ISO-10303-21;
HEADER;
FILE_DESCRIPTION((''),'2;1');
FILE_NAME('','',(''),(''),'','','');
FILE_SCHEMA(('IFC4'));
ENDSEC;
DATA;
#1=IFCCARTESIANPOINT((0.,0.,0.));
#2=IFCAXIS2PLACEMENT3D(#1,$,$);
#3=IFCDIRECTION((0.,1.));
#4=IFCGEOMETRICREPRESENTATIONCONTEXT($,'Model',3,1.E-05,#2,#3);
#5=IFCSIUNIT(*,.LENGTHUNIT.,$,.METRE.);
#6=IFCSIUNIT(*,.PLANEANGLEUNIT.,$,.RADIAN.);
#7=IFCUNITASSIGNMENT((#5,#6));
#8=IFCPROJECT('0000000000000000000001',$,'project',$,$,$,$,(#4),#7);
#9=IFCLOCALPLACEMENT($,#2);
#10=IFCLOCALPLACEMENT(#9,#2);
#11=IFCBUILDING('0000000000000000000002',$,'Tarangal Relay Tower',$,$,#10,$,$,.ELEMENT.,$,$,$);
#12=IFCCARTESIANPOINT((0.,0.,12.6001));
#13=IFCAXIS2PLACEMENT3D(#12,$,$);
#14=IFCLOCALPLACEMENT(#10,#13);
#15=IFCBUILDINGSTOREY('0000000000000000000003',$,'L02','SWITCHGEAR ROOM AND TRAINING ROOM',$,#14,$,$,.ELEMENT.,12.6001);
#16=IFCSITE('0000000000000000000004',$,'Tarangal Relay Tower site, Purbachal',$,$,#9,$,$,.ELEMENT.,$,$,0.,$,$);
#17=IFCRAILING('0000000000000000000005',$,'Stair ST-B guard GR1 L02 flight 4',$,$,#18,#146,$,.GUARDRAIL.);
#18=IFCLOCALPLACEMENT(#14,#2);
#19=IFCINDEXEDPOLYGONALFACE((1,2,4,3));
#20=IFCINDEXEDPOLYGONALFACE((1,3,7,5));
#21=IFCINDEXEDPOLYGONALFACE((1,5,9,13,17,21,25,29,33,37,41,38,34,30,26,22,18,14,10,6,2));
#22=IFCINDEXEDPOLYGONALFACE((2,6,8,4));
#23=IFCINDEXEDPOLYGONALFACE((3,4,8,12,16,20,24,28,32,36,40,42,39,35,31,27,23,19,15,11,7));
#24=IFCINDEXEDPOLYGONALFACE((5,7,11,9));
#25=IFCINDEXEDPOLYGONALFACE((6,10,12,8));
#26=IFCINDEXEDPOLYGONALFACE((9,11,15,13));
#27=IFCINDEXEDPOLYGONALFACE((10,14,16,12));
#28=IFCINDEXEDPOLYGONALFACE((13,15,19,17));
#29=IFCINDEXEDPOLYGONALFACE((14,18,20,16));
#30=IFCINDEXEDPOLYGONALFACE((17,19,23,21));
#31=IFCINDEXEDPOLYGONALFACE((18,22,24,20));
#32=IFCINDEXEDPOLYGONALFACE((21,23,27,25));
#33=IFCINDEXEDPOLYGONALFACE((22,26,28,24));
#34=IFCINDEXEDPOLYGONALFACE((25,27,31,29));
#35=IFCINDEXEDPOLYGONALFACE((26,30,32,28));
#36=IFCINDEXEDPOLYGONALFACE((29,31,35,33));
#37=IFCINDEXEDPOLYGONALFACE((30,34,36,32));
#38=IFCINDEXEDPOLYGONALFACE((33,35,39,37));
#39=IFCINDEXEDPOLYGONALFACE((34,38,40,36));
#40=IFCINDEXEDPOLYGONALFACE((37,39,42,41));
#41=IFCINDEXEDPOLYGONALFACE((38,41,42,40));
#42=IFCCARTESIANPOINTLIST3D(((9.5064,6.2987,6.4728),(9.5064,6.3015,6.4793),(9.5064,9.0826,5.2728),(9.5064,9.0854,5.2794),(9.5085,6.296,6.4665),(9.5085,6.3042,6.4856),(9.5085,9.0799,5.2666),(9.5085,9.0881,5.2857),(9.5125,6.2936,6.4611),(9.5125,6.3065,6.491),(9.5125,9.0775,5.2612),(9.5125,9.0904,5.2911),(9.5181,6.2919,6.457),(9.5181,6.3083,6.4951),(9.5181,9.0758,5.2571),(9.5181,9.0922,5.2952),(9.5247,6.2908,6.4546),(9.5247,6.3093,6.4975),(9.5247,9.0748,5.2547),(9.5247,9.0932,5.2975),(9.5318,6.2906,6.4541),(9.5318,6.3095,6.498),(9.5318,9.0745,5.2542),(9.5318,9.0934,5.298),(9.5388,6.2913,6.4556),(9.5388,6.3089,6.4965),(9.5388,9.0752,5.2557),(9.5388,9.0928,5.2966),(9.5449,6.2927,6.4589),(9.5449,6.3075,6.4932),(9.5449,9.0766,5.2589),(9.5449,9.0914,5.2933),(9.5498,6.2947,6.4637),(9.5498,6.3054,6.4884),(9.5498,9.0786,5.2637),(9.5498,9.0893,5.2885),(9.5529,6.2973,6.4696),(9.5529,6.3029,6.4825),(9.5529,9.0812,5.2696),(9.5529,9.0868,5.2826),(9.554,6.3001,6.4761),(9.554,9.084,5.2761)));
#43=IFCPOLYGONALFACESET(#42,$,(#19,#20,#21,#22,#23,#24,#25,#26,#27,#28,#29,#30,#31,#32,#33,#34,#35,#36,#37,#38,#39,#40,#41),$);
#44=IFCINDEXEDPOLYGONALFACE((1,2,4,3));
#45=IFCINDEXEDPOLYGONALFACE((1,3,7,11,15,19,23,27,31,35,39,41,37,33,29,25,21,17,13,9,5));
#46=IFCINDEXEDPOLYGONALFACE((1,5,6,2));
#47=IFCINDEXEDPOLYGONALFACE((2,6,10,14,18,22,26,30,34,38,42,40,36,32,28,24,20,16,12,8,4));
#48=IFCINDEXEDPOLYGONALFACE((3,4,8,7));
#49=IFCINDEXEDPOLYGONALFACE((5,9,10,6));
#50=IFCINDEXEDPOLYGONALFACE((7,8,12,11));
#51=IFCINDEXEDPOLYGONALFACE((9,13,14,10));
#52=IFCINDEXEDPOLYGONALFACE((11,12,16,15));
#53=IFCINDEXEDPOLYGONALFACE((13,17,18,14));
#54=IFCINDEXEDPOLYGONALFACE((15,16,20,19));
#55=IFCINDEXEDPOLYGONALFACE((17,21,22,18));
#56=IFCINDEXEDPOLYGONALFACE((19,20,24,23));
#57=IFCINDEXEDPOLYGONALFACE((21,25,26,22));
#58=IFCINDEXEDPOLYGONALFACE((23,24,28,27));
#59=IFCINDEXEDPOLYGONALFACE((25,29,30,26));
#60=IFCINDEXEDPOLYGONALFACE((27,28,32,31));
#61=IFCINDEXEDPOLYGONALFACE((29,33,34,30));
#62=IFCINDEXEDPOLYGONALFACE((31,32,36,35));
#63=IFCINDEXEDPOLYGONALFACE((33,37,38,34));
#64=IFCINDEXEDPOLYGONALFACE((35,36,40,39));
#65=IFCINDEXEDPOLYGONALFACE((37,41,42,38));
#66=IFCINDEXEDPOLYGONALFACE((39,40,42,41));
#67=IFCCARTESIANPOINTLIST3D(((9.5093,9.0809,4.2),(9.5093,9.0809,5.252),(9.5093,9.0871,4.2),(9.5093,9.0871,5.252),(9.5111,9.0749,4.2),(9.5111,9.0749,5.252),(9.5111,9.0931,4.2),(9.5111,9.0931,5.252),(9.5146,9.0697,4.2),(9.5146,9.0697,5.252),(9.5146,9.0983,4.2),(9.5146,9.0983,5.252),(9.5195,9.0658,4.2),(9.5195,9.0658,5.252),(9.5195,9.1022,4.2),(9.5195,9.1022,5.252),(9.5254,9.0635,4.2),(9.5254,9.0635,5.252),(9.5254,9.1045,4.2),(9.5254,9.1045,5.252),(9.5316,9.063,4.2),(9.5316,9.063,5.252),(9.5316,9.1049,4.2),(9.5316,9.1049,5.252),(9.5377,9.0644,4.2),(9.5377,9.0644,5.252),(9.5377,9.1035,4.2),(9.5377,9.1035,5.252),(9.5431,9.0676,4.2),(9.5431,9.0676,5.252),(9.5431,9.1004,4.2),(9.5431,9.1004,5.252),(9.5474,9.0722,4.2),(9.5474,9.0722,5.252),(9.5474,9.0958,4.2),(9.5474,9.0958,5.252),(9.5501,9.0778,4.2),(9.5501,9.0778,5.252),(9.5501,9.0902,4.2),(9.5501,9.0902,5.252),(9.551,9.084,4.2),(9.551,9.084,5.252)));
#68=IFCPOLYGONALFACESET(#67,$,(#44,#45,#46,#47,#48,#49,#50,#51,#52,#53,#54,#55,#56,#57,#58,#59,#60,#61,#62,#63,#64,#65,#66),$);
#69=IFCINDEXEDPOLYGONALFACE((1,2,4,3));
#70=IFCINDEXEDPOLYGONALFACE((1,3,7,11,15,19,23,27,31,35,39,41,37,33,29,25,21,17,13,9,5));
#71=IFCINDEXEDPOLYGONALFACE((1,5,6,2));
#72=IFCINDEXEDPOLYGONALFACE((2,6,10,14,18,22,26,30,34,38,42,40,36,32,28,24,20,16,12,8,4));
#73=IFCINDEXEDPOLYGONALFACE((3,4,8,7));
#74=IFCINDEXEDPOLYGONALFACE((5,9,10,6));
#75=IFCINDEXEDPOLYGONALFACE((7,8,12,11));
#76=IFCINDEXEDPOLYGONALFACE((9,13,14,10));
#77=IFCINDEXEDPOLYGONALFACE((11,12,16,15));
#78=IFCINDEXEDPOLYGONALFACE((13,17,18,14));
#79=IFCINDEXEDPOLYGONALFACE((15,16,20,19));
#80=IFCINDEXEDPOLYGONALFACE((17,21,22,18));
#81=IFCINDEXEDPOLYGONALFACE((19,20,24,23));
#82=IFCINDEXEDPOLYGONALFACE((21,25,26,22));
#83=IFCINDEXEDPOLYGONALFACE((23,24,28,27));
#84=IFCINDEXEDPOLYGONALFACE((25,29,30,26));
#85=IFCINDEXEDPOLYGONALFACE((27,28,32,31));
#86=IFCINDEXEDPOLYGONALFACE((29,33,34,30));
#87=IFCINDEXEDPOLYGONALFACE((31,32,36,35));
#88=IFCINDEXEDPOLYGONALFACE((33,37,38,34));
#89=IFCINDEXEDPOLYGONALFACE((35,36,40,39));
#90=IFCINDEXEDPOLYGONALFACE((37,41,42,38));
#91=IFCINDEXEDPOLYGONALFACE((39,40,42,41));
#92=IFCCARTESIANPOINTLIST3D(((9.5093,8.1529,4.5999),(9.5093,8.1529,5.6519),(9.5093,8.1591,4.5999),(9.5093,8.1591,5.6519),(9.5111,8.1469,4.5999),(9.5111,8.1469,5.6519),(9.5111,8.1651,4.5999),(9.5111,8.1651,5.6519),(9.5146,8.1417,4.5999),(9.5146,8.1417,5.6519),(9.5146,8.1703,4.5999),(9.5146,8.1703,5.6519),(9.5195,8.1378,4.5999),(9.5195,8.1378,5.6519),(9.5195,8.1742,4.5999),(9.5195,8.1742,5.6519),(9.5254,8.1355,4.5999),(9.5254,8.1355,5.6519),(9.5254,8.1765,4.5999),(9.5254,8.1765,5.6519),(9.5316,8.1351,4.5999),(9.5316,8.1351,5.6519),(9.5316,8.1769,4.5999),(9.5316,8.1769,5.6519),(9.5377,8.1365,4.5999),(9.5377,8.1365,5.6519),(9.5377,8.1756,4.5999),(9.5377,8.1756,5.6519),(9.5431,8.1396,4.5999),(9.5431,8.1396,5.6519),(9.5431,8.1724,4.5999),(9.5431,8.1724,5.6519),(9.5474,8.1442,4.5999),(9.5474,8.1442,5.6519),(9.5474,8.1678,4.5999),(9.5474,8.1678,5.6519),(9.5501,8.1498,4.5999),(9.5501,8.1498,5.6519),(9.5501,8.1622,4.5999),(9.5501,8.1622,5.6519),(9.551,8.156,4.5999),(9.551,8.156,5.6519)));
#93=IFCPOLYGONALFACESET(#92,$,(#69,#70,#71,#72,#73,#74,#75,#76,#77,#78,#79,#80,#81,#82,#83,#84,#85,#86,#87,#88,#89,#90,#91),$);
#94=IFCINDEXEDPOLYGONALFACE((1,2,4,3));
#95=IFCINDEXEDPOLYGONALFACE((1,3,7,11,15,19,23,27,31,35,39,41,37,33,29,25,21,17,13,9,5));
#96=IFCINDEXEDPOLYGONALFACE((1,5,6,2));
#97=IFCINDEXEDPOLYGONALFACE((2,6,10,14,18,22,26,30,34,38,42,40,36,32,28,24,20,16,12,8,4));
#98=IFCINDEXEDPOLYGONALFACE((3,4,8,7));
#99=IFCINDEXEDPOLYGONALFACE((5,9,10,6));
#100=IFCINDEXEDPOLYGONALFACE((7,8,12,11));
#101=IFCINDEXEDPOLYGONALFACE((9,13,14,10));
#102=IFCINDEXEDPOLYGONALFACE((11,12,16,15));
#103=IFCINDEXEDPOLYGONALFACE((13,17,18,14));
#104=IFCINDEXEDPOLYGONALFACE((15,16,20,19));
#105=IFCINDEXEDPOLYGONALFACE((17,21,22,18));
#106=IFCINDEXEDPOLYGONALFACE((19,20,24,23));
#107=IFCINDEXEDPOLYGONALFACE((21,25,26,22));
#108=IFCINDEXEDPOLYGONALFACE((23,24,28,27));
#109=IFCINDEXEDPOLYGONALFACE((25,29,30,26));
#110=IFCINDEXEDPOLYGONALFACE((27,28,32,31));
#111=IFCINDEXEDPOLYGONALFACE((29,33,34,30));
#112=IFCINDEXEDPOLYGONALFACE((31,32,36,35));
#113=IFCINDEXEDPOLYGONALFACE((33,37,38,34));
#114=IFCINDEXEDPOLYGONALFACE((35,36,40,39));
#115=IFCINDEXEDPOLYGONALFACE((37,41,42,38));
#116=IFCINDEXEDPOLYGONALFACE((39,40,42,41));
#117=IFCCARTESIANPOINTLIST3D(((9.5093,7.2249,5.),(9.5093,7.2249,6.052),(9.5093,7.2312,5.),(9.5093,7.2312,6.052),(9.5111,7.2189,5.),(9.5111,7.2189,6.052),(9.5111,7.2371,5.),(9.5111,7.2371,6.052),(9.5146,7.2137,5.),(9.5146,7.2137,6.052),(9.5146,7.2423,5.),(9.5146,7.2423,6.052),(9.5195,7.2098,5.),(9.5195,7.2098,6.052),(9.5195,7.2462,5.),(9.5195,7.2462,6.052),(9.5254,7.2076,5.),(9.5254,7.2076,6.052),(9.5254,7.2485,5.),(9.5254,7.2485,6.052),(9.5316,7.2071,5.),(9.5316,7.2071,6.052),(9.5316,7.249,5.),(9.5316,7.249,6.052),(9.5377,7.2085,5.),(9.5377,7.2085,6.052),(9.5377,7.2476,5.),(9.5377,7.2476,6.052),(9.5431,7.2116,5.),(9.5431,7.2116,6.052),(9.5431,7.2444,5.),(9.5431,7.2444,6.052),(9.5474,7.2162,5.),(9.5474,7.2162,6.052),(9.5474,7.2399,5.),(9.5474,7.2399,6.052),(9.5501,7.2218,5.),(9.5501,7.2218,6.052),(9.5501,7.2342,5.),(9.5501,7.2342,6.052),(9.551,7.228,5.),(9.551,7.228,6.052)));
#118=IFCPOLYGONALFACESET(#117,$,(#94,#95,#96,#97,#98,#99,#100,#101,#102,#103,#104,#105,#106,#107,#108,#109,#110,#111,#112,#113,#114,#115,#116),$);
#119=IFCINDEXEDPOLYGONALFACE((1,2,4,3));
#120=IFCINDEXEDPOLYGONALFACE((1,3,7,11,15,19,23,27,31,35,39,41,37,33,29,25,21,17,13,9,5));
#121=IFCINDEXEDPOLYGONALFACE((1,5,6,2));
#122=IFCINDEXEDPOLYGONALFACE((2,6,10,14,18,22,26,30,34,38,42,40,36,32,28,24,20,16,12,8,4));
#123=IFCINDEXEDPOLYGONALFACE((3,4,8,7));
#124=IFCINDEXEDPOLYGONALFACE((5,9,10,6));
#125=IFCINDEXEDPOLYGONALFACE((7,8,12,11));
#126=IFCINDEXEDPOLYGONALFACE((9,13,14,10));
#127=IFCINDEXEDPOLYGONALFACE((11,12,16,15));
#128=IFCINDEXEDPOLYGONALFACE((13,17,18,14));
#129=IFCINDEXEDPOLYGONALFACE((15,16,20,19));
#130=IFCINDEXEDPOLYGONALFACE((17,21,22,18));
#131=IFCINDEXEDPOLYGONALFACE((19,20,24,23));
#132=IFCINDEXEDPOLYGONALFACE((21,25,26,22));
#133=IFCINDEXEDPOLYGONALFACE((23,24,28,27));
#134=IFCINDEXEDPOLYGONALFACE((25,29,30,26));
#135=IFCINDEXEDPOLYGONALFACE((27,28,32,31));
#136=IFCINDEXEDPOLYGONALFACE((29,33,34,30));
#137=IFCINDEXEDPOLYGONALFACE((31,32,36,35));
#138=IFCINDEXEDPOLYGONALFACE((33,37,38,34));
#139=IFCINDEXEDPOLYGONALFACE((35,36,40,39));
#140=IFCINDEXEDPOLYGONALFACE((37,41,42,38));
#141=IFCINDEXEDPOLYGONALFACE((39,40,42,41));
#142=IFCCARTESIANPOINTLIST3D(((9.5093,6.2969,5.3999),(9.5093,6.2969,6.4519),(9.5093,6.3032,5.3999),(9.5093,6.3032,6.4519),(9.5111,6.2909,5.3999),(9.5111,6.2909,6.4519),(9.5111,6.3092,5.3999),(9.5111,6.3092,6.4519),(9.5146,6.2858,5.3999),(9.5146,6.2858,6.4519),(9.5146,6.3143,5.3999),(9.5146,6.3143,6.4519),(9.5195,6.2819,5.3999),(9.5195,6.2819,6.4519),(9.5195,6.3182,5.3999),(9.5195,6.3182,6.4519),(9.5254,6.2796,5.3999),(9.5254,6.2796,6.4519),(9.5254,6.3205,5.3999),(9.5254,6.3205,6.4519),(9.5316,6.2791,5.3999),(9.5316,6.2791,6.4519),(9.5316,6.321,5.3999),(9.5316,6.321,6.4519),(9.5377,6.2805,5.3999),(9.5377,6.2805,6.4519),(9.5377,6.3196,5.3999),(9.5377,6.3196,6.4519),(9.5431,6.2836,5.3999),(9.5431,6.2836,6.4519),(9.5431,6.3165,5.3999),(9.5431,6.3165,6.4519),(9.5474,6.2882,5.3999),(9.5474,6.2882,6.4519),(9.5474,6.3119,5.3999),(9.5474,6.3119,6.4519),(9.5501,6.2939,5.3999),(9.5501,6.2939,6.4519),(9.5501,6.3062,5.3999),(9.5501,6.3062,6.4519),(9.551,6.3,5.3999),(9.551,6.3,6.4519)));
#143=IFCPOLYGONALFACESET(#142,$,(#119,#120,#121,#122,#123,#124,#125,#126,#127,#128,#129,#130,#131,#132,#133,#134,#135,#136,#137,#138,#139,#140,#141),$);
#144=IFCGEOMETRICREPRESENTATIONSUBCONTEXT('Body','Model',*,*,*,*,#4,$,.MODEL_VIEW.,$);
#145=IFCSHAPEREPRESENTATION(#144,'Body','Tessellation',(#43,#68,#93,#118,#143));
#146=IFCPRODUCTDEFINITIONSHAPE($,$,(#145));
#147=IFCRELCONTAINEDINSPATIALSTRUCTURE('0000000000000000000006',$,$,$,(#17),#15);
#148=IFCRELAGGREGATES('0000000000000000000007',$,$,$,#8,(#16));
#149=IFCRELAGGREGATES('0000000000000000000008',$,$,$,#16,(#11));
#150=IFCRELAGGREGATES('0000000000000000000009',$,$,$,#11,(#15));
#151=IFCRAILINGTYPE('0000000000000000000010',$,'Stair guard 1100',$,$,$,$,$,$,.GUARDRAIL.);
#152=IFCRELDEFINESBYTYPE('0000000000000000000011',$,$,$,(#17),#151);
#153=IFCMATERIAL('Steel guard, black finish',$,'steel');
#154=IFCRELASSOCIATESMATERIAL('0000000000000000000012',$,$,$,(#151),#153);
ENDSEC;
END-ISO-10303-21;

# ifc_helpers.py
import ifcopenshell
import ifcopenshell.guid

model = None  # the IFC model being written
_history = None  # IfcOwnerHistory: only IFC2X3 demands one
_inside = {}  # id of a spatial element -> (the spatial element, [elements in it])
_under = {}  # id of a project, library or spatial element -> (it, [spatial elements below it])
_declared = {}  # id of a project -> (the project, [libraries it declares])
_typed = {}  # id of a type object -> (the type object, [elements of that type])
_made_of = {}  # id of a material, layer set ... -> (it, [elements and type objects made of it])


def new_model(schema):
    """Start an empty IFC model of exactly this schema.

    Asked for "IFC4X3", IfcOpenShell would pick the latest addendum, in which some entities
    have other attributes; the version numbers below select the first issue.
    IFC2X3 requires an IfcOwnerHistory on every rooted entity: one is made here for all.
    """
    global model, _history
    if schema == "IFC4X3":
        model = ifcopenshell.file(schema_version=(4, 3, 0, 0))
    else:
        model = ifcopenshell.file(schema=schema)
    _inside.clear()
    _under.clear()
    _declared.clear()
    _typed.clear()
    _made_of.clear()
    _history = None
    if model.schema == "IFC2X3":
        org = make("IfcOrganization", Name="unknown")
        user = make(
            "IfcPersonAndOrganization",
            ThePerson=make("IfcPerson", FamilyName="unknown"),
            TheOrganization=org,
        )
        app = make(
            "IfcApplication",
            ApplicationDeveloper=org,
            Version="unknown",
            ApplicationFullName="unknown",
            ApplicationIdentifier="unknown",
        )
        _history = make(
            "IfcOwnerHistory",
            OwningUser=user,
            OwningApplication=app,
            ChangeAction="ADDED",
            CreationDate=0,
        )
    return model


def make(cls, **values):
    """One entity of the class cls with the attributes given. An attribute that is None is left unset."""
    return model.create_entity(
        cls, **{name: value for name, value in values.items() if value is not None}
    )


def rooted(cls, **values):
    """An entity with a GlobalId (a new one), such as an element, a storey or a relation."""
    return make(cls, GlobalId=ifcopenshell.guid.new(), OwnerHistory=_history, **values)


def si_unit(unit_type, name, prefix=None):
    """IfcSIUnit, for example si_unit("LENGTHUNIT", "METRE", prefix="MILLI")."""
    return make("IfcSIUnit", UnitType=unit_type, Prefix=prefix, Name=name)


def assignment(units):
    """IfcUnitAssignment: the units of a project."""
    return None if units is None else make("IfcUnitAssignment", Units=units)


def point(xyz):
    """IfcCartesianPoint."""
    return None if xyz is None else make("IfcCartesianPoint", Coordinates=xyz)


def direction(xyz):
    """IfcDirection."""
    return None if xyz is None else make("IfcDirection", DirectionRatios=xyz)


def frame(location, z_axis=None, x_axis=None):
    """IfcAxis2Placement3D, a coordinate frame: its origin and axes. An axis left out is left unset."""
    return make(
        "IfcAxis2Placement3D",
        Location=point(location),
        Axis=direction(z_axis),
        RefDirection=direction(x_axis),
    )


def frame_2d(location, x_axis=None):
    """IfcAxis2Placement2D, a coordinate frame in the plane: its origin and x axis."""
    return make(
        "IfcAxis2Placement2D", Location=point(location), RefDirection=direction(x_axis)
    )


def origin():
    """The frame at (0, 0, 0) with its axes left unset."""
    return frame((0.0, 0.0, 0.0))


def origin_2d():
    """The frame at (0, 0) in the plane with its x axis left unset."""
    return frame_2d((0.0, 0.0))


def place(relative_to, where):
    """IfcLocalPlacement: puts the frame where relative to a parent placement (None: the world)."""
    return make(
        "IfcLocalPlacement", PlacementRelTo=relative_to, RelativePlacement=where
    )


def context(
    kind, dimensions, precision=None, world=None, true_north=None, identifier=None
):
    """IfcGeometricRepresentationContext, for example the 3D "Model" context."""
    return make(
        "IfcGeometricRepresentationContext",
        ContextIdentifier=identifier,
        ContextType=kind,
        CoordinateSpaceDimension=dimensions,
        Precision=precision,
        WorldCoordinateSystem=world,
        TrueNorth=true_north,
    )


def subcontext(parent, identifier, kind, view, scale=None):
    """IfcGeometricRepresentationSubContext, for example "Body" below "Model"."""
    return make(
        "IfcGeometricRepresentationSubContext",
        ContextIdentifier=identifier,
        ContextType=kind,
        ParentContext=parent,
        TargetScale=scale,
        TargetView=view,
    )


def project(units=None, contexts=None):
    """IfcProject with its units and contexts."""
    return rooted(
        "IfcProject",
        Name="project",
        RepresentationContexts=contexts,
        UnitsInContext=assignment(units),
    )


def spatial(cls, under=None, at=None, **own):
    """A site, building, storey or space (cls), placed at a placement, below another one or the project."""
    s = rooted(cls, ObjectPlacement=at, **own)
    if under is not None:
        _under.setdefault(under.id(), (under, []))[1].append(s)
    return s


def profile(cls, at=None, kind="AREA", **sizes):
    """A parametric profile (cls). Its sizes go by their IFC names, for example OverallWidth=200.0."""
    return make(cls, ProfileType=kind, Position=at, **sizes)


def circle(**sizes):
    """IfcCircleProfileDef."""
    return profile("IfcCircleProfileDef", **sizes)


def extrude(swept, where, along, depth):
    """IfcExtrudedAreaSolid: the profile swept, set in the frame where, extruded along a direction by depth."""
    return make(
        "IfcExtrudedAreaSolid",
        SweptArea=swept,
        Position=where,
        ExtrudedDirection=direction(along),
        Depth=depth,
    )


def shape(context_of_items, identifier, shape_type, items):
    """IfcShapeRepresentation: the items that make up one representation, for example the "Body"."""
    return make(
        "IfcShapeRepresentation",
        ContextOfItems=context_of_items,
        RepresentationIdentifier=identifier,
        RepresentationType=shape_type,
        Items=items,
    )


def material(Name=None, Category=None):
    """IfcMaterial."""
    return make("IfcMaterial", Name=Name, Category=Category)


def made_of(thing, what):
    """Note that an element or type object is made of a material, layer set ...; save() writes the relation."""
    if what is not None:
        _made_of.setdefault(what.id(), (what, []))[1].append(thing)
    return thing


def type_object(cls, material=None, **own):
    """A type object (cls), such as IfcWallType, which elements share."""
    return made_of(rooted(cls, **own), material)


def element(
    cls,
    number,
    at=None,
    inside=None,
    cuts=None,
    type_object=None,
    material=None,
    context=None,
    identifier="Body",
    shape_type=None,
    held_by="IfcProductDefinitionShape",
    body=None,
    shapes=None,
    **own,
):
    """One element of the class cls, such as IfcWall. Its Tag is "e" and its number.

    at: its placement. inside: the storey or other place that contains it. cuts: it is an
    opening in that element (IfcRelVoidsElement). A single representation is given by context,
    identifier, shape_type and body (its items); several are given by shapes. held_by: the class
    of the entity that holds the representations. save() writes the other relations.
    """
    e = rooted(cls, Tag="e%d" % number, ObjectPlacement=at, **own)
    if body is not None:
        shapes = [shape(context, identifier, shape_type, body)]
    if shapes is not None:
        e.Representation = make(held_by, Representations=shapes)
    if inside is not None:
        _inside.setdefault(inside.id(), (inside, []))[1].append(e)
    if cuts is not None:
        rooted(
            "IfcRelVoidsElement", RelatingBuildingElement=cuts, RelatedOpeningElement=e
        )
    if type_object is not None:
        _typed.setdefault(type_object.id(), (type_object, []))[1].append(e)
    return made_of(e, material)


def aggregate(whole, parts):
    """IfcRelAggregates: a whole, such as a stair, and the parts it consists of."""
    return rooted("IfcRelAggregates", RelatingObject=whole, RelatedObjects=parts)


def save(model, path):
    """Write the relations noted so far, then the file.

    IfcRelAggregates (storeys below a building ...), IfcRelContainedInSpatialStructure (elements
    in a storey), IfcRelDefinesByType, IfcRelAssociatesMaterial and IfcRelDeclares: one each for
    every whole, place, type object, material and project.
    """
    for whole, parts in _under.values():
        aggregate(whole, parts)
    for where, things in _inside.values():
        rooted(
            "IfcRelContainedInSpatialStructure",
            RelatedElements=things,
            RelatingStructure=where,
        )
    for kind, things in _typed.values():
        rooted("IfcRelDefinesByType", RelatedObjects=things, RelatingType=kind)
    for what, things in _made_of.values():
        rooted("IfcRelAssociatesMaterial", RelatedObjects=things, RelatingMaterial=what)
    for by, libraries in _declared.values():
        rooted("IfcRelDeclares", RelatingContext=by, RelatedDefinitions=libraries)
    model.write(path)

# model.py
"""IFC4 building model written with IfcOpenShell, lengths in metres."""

from ifc_helpers import new_model, si_unit, direction, frame, origin, origin_2d, place, context, subcontext, project, spatial, circle, extrude, material, type_object, element, save


model = new_model("IFC4")

# Units and contexts
model_context = context("Model", 3, precision=1e-05, world=origin(), true_north=direction((0.0, 1.0)))
body_context = subcontext(model_context, "Body", "Model", "MODEL_VIEW")
ifc_project = project(units=[si_unit("LENGTHUNIT", "METRE"), si_unit("PLANEANGLEUNIT", "RADIAN")], contexts=[model_context])

# Site, building, storey
site_placement = place(None, origin())
site = spatial("IfcSite", under=ifc_project, at=site_placement, Name="Tarangal Relay Tower site, Purbachal", CompositionType="ELEMENT", RefElevation=0.0)
building_placement = place(site_placement, origin())
building = spatial("IfcBuilding", under=site, at=building_placement, Name="Tarangal Relay Tower", CompositionType="ELEMENT")
storey_placement = place(building_placement, frame((0.0, 0.0, 12.6001)))
storey = spatial("IfcBuildingStorey", under=building, at=storey_placement, Name="L02", Description="SWITCHGEAR ROOM AND TRAINING ROOM", CompositionType="ELEMENT", Elevation=12.6001)

# Railing
ifc_material_1 = material(Name="Steel guard, black finish", Category="steel")
railing_type_1 = type_object("IfcRailingType", Name="Stair guard 1100", PredefinedType="GUARDRAIL", material=ifc_material_1)
railing_1_placement = place(storey_placement, frame((9.53, 9.084, 4.2)))
element("IfcRailing", 1, at=railing_1_placement, inside=storey, type_object=railing_type_1, Name="Stair ST-B guard GR1 L02 flight 4", PredefinedType="GUARDRAIL", context=body_context, shape_type="SweptSolid", body=[
    extrude(circle(Radius=0.0239, at=origin_2d()), frame((0.0, 0.0, 1.0762), z_axis=(0.0, -0.918327, 0.395823), x_axis=(1.0, 0.0, 0.0)), (0.0, 0.0, 1.0), 3.0315),
    extrude(circle(Radius=0.021, at=origin_2d()), origin(), (0.0, 0.0, 1.0), 1.052),
    extrude(circle(Radius=0.021, at=origin_2d()), frame((0.0, -0.928, 0.3999)), (0.0, 0.0, 1.0), 1.052),
    extrude(circle(Radius=0.021, at=origin_2d()), frame((0.0, -1.856, 0.8)), (0.0, 0.0, 1.0), 1.052),
    extrude(circle(Radius=0.021, at=origin_2d()), frame((0.0, -2.7839, 1.2)), (0.0, 0.0, 1.0), 1.052),
])

save(model, "model.ifc")
